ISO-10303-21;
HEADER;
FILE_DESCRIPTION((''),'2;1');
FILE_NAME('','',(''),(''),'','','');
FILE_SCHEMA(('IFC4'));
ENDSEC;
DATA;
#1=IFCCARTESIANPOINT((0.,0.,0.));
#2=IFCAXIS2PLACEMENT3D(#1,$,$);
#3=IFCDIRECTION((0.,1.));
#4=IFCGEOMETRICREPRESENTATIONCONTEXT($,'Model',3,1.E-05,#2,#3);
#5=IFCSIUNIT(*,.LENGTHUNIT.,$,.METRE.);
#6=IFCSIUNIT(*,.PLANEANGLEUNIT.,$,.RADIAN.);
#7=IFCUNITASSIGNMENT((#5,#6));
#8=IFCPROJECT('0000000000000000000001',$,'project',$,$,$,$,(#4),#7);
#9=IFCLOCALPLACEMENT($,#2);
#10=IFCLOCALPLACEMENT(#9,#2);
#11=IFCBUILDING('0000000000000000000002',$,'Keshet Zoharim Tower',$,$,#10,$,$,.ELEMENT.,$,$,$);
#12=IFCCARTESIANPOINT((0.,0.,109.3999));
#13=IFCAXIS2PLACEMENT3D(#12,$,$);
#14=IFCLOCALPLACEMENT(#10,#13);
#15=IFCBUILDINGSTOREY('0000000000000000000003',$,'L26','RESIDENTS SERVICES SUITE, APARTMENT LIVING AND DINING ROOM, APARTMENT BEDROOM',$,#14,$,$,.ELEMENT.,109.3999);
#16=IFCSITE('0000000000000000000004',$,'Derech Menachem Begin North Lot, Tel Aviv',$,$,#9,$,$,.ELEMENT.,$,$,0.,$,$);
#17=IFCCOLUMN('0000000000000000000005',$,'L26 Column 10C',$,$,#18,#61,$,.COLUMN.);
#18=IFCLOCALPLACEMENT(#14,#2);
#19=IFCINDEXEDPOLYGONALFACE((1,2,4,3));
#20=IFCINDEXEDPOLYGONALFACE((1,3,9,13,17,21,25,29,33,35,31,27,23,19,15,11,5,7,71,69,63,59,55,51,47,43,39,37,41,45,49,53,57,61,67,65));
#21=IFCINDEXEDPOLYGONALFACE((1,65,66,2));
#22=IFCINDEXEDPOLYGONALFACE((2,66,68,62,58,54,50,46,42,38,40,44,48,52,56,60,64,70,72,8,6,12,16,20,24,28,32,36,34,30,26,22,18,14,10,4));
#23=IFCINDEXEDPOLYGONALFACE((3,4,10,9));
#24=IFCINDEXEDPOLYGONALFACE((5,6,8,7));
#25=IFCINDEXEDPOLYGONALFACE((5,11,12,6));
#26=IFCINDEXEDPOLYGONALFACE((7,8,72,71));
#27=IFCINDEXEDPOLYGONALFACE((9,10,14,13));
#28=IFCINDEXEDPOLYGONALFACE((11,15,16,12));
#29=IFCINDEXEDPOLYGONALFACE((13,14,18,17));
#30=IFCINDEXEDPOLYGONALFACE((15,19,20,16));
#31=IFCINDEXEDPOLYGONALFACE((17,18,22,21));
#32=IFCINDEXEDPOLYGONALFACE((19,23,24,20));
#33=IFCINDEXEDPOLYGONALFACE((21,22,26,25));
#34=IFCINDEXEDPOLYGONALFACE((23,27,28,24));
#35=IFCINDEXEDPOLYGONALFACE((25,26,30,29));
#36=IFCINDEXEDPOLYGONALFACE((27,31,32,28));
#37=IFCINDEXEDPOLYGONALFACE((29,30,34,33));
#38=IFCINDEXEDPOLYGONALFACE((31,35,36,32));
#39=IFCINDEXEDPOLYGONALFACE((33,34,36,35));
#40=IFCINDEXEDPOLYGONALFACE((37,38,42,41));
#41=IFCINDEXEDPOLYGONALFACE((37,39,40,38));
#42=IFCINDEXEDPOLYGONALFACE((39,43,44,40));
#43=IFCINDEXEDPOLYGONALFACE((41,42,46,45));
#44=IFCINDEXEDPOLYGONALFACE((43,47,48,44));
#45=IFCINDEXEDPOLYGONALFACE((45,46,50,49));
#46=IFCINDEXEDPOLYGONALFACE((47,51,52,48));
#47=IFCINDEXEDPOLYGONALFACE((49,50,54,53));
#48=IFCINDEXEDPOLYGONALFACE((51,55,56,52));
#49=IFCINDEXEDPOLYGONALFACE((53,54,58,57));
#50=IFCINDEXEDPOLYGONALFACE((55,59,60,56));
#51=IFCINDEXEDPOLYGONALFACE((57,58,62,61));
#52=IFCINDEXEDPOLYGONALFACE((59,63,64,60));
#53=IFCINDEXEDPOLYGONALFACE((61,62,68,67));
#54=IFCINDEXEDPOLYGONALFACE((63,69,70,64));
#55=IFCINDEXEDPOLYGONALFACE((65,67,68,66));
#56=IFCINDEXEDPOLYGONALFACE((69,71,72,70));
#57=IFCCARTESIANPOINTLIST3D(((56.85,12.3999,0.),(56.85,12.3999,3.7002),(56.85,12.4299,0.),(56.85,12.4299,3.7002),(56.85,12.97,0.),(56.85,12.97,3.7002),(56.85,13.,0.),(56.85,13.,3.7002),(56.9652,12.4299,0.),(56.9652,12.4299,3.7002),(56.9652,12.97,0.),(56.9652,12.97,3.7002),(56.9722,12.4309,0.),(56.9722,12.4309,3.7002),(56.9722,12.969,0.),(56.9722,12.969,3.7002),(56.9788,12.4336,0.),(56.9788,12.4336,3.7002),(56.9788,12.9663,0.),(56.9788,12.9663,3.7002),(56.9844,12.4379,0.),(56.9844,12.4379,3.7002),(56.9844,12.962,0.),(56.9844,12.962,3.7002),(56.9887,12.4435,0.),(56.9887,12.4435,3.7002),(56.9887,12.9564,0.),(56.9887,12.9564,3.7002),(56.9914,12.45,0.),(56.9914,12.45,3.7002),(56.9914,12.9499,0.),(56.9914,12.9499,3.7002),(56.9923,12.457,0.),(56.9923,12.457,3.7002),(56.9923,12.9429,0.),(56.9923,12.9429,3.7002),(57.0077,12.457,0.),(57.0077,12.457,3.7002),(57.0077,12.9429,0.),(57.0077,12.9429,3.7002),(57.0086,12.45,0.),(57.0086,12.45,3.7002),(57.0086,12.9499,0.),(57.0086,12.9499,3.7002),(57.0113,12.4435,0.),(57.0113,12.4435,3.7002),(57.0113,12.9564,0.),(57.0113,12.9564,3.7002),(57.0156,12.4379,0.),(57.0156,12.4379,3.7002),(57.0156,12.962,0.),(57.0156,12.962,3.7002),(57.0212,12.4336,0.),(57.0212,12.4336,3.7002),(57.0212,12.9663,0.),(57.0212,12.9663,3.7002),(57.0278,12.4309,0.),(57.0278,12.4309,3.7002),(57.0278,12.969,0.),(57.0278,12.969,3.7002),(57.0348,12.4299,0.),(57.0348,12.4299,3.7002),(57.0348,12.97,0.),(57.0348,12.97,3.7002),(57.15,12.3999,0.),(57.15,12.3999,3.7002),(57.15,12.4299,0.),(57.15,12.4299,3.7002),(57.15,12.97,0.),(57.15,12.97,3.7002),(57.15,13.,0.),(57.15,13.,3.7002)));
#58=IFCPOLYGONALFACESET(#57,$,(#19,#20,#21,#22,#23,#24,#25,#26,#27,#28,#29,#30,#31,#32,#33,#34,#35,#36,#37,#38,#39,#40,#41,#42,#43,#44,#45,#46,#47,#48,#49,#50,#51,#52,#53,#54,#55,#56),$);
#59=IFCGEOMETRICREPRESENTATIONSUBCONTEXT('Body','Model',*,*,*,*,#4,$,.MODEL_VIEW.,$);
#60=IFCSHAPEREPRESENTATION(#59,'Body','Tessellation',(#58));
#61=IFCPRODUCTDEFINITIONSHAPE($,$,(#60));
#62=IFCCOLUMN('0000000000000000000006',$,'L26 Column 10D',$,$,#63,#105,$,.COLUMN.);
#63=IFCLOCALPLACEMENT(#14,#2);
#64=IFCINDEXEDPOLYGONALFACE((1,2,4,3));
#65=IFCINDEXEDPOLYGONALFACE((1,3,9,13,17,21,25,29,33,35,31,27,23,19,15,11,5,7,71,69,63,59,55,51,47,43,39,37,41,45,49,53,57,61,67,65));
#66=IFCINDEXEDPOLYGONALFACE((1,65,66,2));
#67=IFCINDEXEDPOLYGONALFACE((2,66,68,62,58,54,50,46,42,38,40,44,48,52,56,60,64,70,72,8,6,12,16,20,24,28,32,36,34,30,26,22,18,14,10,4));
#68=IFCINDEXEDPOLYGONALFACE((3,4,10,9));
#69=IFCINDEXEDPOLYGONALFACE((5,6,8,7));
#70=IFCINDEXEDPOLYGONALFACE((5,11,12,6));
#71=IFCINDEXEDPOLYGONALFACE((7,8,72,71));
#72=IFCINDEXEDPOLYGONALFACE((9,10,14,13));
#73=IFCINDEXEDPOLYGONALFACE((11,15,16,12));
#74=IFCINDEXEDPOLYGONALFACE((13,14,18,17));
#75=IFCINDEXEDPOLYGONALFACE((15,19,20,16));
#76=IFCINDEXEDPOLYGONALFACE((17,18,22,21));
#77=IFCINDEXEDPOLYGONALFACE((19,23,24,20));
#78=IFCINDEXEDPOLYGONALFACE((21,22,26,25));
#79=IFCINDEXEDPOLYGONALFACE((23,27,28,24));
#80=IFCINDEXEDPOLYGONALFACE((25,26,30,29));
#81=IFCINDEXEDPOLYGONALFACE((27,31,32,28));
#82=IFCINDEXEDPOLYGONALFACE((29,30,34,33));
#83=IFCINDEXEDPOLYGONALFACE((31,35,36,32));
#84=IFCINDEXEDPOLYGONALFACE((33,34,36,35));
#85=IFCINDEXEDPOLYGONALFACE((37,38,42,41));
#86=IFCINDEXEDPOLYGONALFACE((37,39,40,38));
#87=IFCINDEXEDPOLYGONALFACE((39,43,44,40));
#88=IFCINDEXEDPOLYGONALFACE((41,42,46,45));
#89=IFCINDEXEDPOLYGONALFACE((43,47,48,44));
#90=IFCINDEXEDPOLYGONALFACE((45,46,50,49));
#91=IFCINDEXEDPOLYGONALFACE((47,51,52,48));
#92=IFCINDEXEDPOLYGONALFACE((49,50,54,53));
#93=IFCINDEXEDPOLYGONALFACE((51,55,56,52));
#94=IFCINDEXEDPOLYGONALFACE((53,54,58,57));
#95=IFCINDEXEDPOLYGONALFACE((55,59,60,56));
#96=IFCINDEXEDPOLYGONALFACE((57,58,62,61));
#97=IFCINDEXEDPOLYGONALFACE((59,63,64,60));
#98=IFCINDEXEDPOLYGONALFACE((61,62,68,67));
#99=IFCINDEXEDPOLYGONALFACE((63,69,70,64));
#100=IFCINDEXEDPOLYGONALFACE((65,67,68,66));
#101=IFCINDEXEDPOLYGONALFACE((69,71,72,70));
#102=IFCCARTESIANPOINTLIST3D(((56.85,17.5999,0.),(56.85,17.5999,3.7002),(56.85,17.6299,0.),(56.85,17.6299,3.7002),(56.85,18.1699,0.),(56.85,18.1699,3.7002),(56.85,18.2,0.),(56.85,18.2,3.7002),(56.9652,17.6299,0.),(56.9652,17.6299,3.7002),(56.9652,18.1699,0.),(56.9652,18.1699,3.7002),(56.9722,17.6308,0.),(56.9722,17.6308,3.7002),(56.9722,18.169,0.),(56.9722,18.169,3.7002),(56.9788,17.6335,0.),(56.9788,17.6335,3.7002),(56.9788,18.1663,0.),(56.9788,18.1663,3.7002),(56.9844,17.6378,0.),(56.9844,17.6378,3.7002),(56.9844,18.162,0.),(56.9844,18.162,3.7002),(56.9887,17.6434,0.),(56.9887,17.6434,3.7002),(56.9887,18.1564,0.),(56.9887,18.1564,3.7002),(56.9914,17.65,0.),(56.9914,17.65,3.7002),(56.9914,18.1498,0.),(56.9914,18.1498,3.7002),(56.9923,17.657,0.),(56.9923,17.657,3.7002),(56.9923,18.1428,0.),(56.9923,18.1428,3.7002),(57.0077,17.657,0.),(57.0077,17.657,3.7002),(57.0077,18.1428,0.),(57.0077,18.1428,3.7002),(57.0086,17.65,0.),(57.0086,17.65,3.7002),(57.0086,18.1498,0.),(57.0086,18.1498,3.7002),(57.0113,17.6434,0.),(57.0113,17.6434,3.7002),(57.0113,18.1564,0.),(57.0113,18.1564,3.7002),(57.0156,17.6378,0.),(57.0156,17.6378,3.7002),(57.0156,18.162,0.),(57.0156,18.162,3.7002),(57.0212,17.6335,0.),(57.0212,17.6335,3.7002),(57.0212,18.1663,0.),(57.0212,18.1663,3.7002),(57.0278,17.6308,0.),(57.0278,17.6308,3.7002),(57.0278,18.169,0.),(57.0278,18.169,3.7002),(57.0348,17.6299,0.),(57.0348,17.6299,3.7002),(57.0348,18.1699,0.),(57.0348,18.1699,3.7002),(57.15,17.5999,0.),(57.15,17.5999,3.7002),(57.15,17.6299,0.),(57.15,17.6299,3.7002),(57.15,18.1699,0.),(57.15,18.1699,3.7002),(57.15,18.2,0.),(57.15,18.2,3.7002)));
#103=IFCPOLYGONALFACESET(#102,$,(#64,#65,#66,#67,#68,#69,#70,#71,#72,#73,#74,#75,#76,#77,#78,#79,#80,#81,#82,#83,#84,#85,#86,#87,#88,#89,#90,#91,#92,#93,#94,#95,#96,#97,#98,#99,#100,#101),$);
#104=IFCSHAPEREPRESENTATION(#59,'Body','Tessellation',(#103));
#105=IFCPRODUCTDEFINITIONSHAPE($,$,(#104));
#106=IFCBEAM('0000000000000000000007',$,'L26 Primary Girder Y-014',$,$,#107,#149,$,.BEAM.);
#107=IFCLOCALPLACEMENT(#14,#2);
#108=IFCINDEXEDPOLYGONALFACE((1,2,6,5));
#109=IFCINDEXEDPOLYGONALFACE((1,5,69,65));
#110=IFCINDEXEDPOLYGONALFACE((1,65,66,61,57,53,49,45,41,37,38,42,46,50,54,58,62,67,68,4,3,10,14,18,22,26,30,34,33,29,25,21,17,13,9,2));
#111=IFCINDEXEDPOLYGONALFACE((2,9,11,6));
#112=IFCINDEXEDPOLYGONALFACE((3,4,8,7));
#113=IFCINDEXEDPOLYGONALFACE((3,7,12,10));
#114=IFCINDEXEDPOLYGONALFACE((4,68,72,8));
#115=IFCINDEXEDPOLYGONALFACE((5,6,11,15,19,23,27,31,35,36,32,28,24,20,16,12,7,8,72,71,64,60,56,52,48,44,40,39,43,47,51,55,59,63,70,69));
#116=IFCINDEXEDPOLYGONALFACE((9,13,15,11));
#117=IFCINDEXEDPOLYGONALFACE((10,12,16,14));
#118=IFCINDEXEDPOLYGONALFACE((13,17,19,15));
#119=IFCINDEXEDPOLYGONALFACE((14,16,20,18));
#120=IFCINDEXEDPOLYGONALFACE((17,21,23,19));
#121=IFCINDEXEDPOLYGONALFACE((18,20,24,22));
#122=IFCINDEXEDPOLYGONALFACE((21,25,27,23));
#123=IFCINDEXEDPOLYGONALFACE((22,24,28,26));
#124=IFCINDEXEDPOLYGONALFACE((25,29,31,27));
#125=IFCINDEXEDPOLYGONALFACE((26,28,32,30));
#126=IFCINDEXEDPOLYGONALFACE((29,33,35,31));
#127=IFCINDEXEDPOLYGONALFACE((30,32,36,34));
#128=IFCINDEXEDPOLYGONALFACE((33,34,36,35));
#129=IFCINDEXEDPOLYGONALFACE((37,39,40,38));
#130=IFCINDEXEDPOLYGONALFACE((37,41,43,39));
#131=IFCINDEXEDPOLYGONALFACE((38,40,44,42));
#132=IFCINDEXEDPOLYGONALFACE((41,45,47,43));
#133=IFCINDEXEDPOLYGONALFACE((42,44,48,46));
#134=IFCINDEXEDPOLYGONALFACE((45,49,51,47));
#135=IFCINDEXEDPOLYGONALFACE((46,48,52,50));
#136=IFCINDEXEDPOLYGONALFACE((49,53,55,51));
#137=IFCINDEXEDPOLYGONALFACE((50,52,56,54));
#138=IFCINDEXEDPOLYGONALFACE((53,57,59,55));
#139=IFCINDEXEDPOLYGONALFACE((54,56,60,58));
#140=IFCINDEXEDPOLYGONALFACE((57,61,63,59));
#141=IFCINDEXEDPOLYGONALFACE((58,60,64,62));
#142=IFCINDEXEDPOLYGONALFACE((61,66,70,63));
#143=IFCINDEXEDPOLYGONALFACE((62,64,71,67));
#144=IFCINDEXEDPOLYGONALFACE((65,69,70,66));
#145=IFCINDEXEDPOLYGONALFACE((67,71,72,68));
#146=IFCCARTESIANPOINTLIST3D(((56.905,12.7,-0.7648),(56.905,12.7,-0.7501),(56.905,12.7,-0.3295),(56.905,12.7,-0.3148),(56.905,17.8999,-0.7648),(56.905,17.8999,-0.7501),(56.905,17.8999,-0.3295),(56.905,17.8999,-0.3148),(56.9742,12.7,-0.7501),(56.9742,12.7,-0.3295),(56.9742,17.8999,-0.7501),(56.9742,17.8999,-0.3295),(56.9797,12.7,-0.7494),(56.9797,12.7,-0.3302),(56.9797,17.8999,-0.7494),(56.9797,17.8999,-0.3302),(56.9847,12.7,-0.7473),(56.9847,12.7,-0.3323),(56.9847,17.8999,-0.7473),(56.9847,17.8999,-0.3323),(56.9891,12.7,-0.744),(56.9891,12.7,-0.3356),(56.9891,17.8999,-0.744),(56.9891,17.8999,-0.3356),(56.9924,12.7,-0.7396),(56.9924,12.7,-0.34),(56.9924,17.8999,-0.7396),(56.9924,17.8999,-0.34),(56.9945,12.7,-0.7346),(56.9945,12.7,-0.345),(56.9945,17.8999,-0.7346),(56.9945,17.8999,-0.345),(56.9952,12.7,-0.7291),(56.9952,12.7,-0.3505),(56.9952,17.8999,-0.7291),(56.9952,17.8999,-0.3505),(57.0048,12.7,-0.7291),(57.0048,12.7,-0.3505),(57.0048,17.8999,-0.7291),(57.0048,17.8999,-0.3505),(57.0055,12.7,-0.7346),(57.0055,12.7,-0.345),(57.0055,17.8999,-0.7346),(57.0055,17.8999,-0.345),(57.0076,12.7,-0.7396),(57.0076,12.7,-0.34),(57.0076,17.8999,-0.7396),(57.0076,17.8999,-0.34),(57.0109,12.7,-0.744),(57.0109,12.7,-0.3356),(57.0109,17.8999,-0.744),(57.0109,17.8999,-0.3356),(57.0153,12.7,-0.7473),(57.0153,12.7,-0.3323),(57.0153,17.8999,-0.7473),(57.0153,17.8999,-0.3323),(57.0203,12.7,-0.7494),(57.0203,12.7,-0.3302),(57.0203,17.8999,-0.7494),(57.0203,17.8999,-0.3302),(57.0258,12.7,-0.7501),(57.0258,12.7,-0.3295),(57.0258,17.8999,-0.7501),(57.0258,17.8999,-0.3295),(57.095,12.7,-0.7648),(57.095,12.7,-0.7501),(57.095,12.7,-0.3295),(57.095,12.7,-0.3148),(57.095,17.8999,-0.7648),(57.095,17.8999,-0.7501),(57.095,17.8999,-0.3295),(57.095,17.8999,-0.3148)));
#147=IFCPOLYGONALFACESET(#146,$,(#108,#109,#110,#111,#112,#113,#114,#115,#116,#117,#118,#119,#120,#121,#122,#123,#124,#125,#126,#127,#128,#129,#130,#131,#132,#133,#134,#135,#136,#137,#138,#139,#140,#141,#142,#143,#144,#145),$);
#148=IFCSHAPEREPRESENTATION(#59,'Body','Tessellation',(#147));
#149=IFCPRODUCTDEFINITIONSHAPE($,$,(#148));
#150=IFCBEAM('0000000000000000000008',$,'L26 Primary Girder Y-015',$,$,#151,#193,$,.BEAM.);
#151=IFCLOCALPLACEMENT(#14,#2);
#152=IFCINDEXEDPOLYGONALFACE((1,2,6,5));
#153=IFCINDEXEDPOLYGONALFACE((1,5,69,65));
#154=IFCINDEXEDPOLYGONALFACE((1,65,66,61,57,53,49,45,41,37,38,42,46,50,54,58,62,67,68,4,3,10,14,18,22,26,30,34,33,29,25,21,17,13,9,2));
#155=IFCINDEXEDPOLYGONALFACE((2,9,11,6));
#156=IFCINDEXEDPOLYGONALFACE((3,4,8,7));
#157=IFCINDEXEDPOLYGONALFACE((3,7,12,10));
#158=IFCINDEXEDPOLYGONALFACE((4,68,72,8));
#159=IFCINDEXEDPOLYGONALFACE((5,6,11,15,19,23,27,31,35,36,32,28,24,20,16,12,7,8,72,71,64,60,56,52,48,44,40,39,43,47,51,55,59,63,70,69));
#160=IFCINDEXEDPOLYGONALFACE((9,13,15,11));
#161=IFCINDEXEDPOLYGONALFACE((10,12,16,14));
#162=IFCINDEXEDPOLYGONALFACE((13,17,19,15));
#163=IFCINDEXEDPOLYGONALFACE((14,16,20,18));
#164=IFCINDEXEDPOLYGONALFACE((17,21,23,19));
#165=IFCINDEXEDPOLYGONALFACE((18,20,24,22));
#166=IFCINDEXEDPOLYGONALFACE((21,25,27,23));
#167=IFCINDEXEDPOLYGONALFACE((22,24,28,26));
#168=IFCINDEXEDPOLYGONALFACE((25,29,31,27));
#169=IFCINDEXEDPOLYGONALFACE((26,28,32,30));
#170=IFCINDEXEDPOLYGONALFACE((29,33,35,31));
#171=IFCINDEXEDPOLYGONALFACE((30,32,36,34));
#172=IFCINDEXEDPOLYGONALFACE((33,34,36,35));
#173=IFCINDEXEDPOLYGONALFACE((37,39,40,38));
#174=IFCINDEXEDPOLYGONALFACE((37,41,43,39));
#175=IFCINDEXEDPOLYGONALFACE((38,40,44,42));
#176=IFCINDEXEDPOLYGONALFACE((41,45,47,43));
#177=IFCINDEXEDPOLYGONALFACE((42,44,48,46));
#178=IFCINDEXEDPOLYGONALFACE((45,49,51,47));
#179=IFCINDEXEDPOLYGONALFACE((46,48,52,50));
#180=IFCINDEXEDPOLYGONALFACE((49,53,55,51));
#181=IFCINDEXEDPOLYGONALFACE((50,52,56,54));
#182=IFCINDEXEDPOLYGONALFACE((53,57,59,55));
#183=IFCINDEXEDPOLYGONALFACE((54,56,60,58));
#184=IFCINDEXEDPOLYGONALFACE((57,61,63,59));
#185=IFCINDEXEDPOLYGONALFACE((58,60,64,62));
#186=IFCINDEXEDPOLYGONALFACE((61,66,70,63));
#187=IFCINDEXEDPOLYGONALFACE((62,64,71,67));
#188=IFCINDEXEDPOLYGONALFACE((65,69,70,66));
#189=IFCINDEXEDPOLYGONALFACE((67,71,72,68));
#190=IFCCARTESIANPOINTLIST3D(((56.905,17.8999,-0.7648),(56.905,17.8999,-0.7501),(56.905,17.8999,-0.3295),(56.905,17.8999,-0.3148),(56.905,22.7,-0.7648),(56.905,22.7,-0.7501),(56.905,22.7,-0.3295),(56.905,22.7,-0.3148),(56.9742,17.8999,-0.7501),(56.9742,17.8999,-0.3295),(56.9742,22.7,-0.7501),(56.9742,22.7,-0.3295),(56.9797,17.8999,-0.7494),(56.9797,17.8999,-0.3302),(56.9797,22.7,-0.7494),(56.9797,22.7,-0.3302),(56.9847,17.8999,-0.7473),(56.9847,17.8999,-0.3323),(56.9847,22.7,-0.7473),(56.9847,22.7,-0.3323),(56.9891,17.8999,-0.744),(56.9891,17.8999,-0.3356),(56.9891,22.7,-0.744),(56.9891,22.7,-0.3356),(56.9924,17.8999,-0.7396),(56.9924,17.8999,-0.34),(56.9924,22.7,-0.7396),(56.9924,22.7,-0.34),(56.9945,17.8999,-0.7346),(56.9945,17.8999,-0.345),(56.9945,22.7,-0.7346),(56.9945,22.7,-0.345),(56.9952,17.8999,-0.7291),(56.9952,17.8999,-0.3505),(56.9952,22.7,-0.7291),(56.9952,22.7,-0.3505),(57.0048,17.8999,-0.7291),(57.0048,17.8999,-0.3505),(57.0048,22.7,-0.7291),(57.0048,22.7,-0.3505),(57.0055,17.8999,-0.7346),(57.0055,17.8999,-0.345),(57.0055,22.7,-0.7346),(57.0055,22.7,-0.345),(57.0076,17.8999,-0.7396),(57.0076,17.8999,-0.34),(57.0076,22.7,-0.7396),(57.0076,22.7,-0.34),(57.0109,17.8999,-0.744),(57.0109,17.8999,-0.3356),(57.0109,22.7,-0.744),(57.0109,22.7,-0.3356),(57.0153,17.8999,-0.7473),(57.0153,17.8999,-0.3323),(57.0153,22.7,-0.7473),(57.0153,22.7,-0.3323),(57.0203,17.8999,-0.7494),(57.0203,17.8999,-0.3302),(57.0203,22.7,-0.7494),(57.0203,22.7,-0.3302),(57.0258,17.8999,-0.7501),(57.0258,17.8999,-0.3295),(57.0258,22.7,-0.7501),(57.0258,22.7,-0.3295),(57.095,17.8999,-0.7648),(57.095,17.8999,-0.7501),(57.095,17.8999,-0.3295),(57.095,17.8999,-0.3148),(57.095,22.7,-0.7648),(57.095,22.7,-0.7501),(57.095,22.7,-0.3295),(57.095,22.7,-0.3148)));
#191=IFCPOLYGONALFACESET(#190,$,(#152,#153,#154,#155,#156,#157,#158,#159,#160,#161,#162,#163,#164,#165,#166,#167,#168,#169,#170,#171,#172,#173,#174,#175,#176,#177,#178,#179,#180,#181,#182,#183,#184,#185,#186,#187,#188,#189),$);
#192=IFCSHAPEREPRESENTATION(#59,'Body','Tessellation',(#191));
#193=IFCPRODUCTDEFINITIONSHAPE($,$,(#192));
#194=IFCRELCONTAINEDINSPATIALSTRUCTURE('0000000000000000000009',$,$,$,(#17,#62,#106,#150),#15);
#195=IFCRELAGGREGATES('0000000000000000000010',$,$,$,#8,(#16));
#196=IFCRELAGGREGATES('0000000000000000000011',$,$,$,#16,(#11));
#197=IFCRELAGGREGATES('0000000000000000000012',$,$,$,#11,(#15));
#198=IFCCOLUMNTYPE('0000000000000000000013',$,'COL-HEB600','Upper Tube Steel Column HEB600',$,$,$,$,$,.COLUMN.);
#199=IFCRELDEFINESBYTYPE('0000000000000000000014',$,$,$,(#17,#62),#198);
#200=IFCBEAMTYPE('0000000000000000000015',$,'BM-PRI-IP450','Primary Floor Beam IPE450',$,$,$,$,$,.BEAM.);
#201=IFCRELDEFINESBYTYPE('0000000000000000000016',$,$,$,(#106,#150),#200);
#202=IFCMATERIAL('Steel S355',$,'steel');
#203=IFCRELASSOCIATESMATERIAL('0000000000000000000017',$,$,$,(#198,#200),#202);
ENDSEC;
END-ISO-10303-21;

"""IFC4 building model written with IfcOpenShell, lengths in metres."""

from ifc_helpers import new_model, si_unit, direction, frame, origin, origin_2d, place, context, subcontext, project, spatial, i_section, extrude, material, material_profile, profile_set, type_object, element, save


model = new_model("IFC4")

# Units and contexts
model_context = context("Model", 3, precision=1e-05, world=origin(), true_north=direction((0.0, 1.0)))
body_context = subcontext(model_context, "Body", "Model", "MODEL_VIEW")
ifc_project = project(units=[si_unit("LENGTHUNIT", "METRE"), si_unit("PLANEANGLEUNIT", "RADIAN")], contexts=[model_context])

# Site, building, storey
site_placement = place(None, origin())
site = spatial("IfcSite", under=ifc_project, at=site_placement, Name="Derech Menachem Begin North Lot, Tel Aviv", CompositionType="ELEMENT", RefElevation=0.0)
building_placement = place(site_placement, origin())
building = spatial("IfcBuilding", under=site, at=building_placement, Name="Keshet Zoharim Tower", CompositionType="ELEMENT")
storey_placement = place(building_placement, frame((0.0, 0.0, 109.3999)))
storey = spatial("IfcBuildingStorey", under=building, at=storey_placement, Name="L26", Description="RESIDENTS SERVICES SUITE, APARTMENT LIVING AND DINING ROOM, APARTMENT BEDROOM", CompositionType="ELEMENT", Elevation=109.3999)

# Columns
ifc_material_1 = material(Name="Steel S355", Category="steel")
ifc_material_profile_1 = material_profile(ifc_material_1, i_section(OverallWidth=0.3, OverallDepth=0.6001, WebThickness=0.0154, FlangeThickness=0.03, FilletRadius=0.0271, at=origin_2d()), Name="HEB600")
ifc_profile_set_1 = profile_set([ifc_material_profile_1], Name="Steel S355")
column_type = type_object("IfcColumnType", Name="COL-HEB600", Description="Upper Tube Steel Column HEB600", PredefinedType="COLUMN", material=ifc_profile_set_1)
for number, where, z_axis, x_axis, name in (
    (1, (57.0, 12.7, 0.0), (0.0, 0.0, 1.0), (1.0, 0.0, 0.0), "L26 Column 10C"),
    (2, (57.0, 17.8999, 0.0), (0.0, 0.0, 1.0), (1.0, 0.0, 0.0), "L26 Column 10D"),
):
    element("IfcColumn", number, at=place(storey_placement, frame(where, z_axis=z_axis, x_axis=x_axis)), inside=storey, type_object=column_type, Name=name, PredefinedType="COLUMN", context=body_context, shape_type="SweptSolid", body=[
        extrude(i_section(OverallWidth=0.3, OverallDepth=0.6001, WebThickness=0.0154, FlangeThickness=0.03, FilletRadius=0.0271, at=origin_2d()), origin(), (0.0, 0.0, 1.0), 3.7002),
    ])

# Beams
ifc_material_profile_2 = material_profile(ifc_material_1, i_section(OverallWidth=0.1899, OverallDepth=0.45, WebThickness=0.0095, FlangeThickness=0.0146, FilletRadius=0.021, at=origin_2d()), Name="IPE450")
ifc_profile_set_2 = profile_set([ifc_material_profile_2], Name="Steel S355")
beam_type = type_object("IfcBeamType", Name="BM-PRI-IP450", Description="Primary Floor Beam IPE450", PredefinedType="BEAM", material=ifc_profile_set_2)
beam_1_placement = place(storey_placement, frame((57.0, 12.7, -0.5398), z_axis=(0.0, 1.0, 0.0), x_axis=(-1.0, 0.0, 0.0)))
element("IfcBeam", 3, at=beam_1_placement, inside=storey, type_object=beam_type, Name="L26 Primary Girder Y-014", PredefinedType="BEAM", context=body_context, shape_type="SweptSolid", body=[
    extrude(i_section(OverallWidth=0.1899, OverallDepth=0.45, WebThickness=0.0095, FlangeThickness=0.0146, FilletRadius=0.021, at=origin_2d()), origin(), (0.0, 0.0, 1.0), 5.2),
])
beam_2_placement = place(storey_placement, frame((57.0, 17.8999, -0.5398), z_axis=(0.0, 1.0, 0.0), x_axis=(-1.0, 0.0, 0.0)))
element("IfcBeam", 4, at=beam_2_placement, inside=storey, type_object=beam_type, Name="L26 Primary Girder Y-015", PredefinedType="BEAM", context=body_context, shape_type="SweptSolid", body=[
    extrude(i_section(OverallWidth=0.1899, OverallDepth=0.45, WebThickness=0.0095, FlangeThickness=0.0146, FilletRadius=0.021, at=origin_2d()), origin(), (0.0, 0.0, 1.0), 4.8),
])

save(model, "model.ifc")
